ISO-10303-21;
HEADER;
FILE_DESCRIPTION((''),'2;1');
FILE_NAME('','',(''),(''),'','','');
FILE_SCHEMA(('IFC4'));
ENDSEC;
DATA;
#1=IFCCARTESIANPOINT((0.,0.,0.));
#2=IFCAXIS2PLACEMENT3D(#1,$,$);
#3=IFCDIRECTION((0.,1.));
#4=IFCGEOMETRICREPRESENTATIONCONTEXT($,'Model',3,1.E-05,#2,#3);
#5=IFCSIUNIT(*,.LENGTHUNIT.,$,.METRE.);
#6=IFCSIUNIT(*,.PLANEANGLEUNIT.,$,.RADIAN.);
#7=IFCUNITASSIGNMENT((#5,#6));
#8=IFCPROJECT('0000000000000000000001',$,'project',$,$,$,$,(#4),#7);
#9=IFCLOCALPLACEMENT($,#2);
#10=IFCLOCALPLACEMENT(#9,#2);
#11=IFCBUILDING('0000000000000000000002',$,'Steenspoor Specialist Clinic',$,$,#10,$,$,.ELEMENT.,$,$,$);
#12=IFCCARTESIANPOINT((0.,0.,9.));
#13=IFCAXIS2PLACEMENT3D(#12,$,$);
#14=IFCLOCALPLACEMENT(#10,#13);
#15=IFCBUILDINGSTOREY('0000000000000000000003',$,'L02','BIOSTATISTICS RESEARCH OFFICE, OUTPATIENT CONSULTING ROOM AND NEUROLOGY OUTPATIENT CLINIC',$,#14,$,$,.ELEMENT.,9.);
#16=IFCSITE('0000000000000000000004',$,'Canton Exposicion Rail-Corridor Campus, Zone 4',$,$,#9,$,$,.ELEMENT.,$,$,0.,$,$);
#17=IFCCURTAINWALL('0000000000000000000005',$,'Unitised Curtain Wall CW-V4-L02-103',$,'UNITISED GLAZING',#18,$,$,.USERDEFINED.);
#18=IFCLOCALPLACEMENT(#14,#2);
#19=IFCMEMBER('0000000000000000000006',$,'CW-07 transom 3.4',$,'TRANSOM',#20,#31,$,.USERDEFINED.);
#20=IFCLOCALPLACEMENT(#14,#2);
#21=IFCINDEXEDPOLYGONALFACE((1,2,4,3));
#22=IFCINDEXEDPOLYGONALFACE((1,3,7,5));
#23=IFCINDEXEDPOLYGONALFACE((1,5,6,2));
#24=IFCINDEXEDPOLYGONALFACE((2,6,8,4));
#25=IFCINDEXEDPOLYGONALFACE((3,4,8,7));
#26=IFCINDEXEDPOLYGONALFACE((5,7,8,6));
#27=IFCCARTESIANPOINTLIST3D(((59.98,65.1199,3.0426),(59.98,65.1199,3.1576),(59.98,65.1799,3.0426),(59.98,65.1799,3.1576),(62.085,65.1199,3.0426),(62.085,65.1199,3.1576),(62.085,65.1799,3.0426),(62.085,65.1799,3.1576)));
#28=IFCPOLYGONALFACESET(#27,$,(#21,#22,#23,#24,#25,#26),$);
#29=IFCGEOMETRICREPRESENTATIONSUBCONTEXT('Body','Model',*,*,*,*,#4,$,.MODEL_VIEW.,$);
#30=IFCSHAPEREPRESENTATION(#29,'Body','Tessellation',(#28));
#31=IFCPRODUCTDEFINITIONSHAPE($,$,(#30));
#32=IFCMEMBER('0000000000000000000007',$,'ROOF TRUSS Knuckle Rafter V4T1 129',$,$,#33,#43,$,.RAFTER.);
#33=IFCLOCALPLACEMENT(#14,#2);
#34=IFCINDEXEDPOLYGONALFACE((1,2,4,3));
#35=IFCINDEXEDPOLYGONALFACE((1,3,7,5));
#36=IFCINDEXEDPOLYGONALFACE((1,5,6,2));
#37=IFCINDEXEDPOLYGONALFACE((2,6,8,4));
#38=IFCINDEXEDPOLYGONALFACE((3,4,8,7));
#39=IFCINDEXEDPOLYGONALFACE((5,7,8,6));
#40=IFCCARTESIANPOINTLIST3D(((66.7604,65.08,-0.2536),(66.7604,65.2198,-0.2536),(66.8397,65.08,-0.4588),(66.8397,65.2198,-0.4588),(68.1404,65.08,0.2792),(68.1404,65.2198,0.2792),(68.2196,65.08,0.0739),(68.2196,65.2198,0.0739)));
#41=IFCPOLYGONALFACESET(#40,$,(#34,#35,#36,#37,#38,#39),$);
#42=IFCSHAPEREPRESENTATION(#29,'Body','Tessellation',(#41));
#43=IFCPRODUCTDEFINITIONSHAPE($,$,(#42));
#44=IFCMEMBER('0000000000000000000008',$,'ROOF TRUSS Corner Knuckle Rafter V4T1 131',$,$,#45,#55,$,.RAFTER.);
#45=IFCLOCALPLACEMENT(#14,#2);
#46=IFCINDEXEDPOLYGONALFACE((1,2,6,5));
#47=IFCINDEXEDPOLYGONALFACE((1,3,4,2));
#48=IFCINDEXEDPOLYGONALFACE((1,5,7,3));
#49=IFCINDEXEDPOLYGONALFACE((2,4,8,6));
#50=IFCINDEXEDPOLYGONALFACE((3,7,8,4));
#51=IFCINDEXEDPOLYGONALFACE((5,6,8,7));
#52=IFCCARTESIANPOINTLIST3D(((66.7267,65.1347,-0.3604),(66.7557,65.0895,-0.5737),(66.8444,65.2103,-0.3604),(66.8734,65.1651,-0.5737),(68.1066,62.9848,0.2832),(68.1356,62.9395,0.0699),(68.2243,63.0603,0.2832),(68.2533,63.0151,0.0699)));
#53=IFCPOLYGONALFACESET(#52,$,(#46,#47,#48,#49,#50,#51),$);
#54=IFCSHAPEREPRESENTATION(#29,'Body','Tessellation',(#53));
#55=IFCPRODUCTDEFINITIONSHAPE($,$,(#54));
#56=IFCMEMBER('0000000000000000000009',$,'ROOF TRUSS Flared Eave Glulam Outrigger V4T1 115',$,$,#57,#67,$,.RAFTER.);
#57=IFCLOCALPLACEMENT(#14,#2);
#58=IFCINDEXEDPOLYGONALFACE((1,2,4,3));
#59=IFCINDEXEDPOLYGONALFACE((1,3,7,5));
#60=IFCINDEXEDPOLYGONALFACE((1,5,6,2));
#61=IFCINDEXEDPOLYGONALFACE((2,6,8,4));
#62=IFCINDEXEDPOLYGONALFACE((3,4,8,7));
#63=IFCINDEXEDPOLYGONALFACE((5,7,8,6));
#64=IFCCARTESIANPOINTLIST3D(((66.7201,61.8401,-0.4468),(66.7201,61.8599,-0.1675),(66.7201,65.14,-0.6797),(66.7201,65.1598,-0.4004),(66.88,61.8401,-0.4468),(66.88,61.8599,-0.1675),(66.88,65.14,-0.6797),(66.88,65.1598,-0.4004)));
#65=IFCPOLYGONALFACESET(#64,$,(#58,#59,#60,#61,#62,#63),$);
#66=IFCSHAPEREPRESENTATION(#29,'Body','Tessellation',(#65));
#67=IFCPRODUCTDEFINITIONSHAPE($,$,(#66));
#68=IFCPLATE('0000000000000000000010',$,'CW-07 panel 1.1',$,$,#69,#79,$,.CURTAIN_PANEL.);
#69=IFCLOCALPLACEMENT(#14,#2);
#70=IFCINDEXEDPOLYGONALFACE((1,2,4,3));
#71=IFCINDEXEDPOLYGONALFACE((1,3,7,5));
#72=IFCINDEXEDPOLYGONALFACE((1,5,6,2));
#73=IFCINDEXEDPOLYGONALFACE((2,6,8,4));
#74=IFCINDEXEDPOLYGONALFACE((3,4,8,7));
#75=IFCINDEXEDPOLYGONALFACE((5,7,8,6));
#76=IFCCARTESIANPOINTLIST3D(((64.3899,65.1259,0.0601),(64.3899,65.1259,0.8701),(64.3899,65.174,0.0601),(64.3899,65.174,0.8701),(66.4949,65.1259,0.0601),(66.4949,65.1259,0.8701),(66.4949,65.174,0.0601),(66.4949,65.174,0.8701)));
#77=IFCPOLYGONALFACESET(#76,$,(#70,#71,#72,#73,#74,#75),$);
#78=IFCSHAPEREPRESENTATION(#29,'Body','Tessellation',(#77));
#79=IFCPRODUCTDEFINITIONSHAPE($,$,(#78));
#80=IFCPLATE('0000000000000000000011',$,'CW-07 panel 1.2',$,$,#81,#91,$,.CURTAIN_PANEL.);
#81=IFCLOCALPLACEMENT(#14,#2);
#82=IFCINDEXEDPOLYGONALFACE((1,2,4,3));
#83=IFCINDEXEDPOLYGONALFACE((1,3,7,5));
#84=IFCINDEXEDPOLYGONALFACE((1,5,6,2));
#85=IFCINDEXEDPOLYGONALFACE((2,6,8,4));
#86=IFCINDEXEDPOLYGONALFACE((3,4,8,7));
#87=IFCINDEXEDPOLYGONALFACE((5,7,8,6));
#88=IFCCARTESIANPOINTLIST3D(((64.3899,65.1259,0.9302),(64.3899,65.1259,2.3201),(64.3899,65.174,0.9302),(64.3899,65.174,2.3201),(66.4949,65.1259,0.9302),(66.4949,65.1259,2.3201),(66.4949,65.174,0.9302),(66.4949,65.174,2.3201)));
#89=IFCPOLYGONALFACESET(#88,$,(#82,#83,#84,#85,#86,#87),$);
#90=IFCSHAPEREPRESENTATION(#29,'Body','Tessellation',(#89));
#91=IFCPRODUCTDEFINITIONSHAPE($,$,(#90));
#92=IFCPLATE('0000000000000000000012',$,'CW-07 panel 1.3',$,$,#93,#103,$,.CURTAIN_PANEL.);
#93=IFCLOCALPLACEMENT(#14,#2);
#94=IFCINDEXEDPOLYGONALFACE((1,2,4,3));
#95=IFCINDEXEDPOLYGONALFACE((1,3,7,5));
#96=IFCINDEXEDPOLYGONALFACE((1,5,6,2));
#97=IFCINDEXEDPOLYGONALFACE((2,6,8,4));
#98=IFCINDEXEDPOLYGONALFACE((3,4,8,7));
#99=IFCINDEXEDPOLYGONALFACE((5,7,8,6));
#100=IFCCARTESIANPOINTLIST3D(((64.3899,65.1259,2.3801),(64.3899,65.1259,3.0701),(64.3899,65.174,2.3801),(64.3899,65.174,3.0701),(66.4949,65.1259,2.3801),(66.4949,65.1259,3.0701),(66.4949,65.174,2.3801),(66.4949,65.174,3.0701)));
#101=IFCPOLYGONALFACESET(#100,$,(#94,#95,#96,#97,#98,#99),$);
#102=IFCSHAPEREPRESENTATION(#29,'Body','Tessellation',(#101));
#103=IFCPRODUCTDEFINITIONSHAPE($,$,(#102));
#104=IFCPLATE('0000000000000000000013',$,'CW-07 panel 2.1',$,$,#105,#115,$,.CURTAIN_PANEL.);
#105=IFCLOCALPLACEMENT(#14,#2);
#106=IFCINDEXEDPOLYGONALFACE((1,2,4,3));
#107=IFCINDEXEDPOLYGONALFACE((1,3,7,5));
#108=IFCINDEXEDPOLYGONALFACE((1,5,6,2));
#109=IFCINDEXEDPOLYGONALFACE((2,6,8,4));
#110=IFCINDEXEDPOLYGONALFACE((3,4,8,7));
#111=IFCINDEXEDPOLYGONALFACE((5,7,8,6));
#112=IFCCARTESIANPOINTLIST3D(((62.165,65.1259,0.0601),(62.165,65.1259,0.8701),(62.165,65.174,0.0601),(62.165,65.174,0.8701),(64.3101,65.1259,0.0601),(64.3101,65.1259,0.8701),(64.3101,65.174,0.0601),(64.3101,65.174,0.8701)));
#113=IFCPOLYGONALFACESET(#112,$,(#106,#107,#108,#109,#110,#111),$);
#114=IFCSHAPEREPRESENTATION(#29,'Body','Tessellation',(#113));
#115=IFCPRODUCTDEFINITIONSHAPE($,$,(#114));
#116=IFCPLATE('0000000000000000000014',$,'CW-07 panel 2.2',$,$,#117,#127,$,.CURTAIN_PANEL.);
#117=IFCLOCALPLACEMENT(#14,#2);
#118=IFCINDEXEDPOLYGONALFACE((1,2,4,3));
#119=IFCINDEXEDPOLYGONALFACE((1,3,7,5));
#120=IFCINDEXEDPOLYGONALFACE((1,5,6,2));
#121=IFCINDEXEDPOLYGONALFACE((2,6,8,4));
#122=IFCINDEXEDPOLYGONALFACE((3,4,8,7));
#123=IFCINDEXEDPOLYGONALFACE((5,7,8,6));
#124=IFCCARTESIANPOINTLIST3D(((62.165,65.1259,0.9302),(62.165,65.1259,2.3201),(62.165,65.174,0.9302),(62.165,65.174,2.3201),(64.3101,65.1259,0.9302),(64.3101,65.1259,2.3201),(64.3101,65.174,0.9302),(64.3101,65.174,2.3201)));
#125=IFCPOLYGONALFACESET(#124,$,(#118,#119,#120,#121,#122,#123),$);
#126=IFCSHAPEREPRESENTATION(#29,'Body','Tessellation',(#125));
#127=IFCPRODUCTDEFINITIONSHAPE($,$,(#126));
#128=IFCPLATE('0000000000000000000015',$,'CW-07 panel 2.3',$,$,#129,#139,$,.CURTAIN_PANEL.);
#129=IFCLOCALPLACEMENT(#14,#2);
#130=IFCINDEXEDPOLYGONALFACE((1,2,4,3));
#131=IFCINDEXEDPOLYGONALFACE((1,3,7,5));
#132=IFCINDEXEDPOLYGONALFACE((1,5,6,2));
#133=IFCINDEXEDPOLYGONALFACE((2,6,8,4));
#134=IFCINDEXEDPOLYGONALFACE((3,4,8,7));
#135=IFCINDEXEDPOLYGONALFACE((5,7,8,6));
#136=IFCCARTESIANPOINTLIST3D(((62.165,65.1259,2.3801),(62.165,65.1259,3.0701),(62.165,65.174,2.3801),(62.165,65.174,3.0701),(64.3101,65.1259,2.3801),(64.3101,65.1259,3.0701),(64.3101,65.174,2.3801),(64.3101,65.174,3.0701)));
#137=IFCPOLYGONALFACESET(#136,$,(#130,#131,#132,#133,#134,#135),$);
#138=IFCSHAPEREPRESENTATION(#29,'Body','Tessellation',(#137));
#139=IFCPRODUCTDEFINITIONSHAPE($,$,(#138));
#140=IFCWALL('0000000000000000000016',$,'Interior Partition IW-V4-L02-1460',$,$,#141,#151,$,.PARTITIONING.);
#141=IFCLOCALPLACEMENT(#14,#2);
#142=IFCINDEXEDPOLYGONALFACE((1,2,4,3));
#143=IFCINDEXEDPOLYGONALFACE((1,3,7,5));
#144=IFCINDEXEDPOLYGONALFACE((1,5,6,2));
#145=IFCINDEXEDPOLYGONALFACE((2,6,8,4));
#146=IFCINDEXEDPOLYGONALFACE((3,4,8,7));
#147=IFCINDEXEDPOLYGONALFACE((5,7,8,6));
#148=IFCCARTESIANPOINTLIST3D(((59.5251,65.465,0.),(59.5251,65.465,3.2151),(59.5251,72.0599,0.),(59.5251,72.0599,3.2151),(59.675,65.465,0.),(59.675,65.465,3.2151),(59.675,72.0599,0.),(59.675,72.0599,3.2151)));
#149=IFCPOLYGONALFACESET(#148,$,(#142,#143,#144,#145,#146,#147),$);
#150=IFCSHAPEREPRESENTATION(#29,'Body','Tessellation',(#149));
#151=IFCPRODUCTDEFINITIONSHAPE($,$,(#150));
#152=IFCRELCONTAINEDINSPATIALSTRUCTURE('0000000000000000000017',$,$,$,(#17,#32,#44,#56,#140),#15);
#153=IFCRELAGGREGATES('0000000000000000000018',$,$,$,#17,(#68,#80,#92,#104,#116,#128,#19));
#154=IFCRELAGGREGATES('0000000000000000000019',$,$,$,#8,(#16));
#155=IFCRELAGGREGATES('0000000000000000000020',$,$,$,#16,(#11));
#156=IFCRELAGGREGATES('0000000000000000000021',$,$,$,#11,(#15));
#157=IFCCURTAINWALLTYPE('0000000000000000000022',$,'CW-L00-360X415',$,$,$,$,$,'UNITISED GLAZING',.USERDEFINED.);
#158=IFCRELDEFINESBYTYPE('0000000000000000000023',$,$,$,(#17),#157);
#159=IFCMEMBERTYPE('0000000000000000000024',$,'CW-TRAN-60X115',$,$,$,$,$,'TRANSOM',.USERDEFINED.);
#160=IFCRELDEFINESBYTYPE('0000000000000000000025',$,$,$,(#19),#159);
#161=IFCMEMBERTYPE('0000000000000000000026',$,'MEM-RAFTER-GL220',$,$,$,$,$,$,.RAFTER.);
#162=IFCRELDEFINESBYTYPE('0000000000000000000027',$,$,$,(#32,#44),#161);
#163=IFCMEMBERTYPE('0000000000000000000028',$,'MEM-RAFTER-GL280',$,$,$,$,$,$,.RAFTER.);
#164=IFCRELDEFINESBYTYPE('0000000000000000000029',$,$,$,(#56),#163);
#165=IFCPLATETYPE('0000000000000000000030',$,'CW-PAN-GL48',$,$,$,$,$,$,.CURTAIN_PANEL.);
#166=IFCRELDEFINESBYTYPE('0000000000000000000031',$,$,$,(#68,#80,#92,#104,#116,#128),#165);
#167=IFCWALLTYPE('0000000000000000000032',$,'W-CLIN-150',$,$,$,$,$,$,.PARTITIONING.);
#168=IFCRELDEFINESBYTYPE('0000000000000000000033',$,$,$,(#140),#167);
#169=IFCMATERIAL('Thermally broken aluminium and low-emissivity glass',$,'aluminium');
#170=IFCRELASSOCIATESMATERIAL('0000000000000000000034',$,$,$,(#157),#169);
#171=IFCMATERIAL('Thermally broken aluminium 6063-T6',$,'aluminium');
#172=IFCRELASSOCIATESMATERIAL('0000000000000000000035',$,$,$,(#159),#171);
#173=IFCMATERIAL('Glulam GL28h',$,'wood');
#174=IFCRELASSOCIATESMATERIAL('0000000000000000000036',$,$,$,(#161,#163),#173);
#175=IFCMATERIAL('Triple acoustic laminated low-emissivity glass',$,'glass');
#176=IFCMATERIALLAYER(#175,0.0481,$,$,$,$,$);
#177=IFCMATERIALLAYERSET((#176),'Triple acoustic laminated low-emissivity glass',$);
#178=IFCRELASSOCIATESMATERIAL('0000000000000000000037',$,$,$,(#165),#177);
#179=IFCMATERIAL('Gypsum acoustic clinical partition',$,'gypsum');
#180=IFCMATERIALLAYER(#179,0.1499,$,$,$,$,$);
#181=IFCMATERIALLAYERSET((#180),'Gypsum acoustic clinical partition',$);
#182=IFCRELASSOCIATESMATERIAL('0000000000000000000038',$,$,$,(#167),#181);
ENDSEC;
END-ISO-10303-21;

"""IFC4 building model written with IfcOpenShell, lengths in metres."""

from ifc_helpers import new_model, si_unit, direction, frame, frame_2d, origin, origin_2d, place, context, subcontext, project, spatial, rectangle, extrude, material, layer, layer_set, material_profile, profile_set, type_object, element, aggregate, save


model = new_model("IFC4")

# Units and contexts
model_context = context("Model", 3, precision=1e-05, world=origin(), true_north=direction((0.0, 1.0)))
body_context = subcontext(model_context, "Body", "Model", "MODEL_VIEW")
ifc_project = project(units=[si_unit("LENGTHUNIT", "METRE"), si_unit("PLANEANGLEUNIT", "RADIAN")], contexts=[model_context])

# Site, building, storey
site_placement = place(None, origin())
site = spatial("IfcSite", under=ifc_project, at=site_placement, Name="Canton Exposicion Rail-Corridor Campus, Zone 4", CompositionType="ELEMENT", RefElevation=0.0)
building_placement = place(site_placement, origin())
building = spatial("IfcBuilding", under=site, at=building_placement, Name="Steenspoor Specialist Clinic", CompositionType="ELEMENT")
storey_placement = place(building_placement, frame((0.0, 0.0, 9.0)))
storey = spatial("IfcBuildingStorey", under=building, at=storey_placement, Name="L02", Description="BIOSTATISTICS RESEARCH OFFICE, OUTPATIENT CONSULTING ROOM AND NEUROLOGY OUTPATIENT CLINIC", CompositionType="ELEMENT", Elevation=9.0)

# Curtain wall, member
ifc_material_1 = material(Name="Thermally broken aluminium and low-emissivity glass", Category="aluminium")
curtain_wall_type = type_object("IfcCurtainWallType", Name="CW-L00-360X415", ElementType="UNITISED GLAZING", PredefinedType="USERDEFINED", material=ifc_material_1)
curtain_wall_placement = place(storey_placement, origin())
curtain_wall = element("IfcCurtainWall", 1, at=curtain_wall_placement, inside=storey, type_object=curtain_wall_type, Name="Unitised Curtain Wall CW-V4-L02-103", ObjectType="UNITISED GLAZING", PredefinedType="USERDEFINED")
ifc_material_2 = material(Name="Thermally broken aluminium 6063-T6", Category="aluminium")
ifc_material_profile_1 = material_profile(ifc_material_2, rectangle(XDim=0.0601, YDim=0.115, at=origin_2d()), Name="CWT-60X115")
ifc_profile_set_1 = profile_set([ifc_material_profile_1], Name="Thermally broken aluminium 6063-T6")
member_type_1 = type_object("IfcMemberType", Name="CW-TRAN-60X115", ElementType="TRANSOM", PredefinedType="USERDEFINED", material=ifc_profile_set_1)
member_1_placement = place(storey_placement, frame((62.085, 65.1499, 3.1001), z_axis=(-1.0, 0.0, 0.0), x_axis=(0.0, -1.0, 0.0)))
member_1 = element("IfcMember", 2, at=member_1_placement, type_object=member_type_1, Name="CW-07 transom 3.4", ObjectType="TRANSOM", PredefinedType="USERDEFINED", context=body_context, shape_type="SweptSolid", body=[
    extrude(rectangle(XDim=0.0601, YDim=0.115, at=origin_2d()), origin(), (0.0, 0.0, 1.0), 2.105),
])

# Members
ifc_material_3 = material(Name="Glulam GL28h", Category="wood")
ifc_material_profile_2 = material_profile(ifc_material_3, rectangle(XDim=0.1399, YDim=0.22, at=origin_2d()), Name="GL28H-140X220")
ifc_profile_set_2 = profile_set([ifc_material_profile_2], Name="Glulam GL28h")
member_type_2 = type_object("IfcMemberType", Name="MEM-RAFTER-GL220", PredefinedType="RAFTER", material=ifc_profile_set_2)
member_2_placement = place(storey_placement, frame((66.8, 65.1499, -0.3562), z_axis=(0.932894, 0.0, 0.360151), x_axis=(0.0, 1.0, 0.0)))
element("IfcMember", 3, at=member_2_placement, inside=storey, type_object=member_type_2, Name="ROOF TRUSS Knuckle Rafter V4T1 129", PredefinedType="RAFTER", context=body_context, shape_type="SweptSolid", body=[
    extrude(rectangle(XDim=0.1399, YDim=0.22, at=origin_2d()), origin(), (0.0, 0.0, 1.0), 1.4792),
])
member_3_placement = place(storey_placement, frame((66.8, 65.1499, -0.467), z_axis=(0.523784, -0.816073, 0.244284), x_axis=(0.841569, 0.540149, 0.0)))
element("IfcMember", 4, at=member_3_placement, inside=storey, type_object=member_type_2, Name="ROOF TRUSS Corner Knuckle Rafter V4T1 131", PredefinedType="RAFTER", context=body_context, shape_type="SweptSolid", body=[
    extrude(rectangle(XDim=0.1399, YDim=0.22, at=origin_2d()), origin(), (0.0, 0.0, 1.0), 2.6345),
])
ifc_material_profile_3 = material_profile(ifc_material_3, rectangle(XDim=0.1599, YDim=0.28, at=origin_2d()), Name="GL28H-160X280")
ifc_profile_set_3 = profile_set([ifc_material_profile_3], Name="Glulam GL28h")
member_type_3 = type_object("IfcMemberType", Name="MEM-RAFTER-GL280", PredefinedType="RAFTER", material=ifc_profile_set_3)
member_4_placement = place(storey_placement, frame((66.8, 65.1499, -0.54), z_axis=(0.0, -0.997518, 0.070408), x_axis=(1.0, 0.0, 0.0)))
element("IfcMember", 5, at=member_4_placement, inside=storey, type_object=member_type_3, Name="ROOF TRUSS Flared Eave Glulam Outrigger V4T1 115", PredefinedType="RAFTER", context=body_context, shape_type="SweptSolid", body=[
    extrude(rectangle(XDim=0.1599, YDim=0.28, at=origin_2d()), origin(), (0.0, 0.0, 1.0), 3.3081),
])

# Plates
ifc_material_4 = material(Name="Triple acoustic laminated low-emissivity glass", Category="glass")
ifc_layer_1 = layer(ifc_material_4, 0.0481)
ifc_layer_set_1 = layer_set([ifc_layer_1], Name="Triple acoustic laminated low-emissivity glass")
plate_type = type_object("IfcPlateType", Name="CW-PAN-GL48", PredefinedType="CURTAIN_PANEL", material=ifc_layer_set_1)
plate_1_placement = place(storey_placement, frame((65.4424, 65.1499, 0.0601), z_axis=(0.0, 0.0, 1.0), x_axis=(-1.0, 0.0, 0.0)))
plate_1 = element("IfcPlate", 6, at=plate_1_placement, type_object=plate_type, Name="CW-07 panel 1.1", PredefinedType="CURTAIN_PANEL", context=body_context, shape_type="SweptSolid", body=[
    extrude(rectangle(XDim=2.105, YDim=0.0481, at=origin_2d()), origin(), (0.0, 0.0, 1.0), 0.8101),
])
plate_2_placement = place(storey_placement, frame((65.4424, 65.1499, 0.9302), z_axis=(0.0, 0.0, 1.0), x_axis=(-1.0, 0.0, 0.0)))
plate_2 = element("IfcPlate", 7, at=plate_2_placement, type_object=plate_type, Name="CW-07 panel 1.2", PredefinedType="CURTAIN_PANEL", context=body_context, shape_type="SweptSolid", body=[
    extrude(rectangle(XDim=2.105, YDim=0.0481, at=origin_2d()), origin(), (0.0, 0.0, 1.0), 1.3899),
])
plate_3_placement = place(storey_placement, frame((65.4424, 65.1499, 2.3801), z_axis=(0.0, 0.0, 1.0), x_axis=(-1.0, 0.0, 0.0)))
plate_3 = element("IfcPlate", 8, at=plate_3_placement, type_object=plate_type, Name="CW-07 panel 1.3", PredefinedType="CURTAIN_PANEL", context=body_context, shape_type="SweptSolid", body=[
    extrude(rectangle(XDim=2.105, YDim=0.0481, at=origin_2d()), origin(), (0.0, 0.0, 1.0), 0.6899),
])
plate_4_placement = place(storey_placement, frame((63.2375, 65.1499, 0.0601), z_axis=(0.0, 0.0, 1.0), x_axis=(-1.0, 0.0, 0.0)))
plate_4 = element("IfcPlate", 9, at=plate_4_placement, type_object=plate_type, Name="CW-07 panel 2.1", PredefinedType="CURTAIN_PANEL", context=body_context, shape_type="SweptSolid", body=[
    extrude(rectangle(XDim=2.145, YDim=0.0481, at=origin_2d()), origin(), (0.0, 0.0, 1.0), 0.8101),
])
plate_5_placement = place(storey_placement, frame((63.2375, 65.1499, 0.9302), z_axis=(0.0, 0.0, 1.0), x_axis=(-1.0, 0.0, 0.0)))
plate_5 = element("IfcPlate", 10, at=plate_5_placement, type_object=plate_type, Name="CW-07 panel 2.2", PredefinedType="CURTAIN_PANEL", context=body_context, shape_type="SweptSolid", body=[
    extrude(rectangle(XDim=2.145, YDim=0.0481, at=origin_2d()), origin(), (0.0, 0.0, 1.0), 1.3899),
])
plate_6_placement = place(storey_placement, frame((63.2375, 65.1499, 2.3801), z_axis=(0.0, 0.0, 1.0), x_axis=(-1.0, 0.0, 0.0)))
plate_6 = element("IfcPlate", 11, at=plate_6_placement, type_object=plate_type, Name="CW-07 panel 2.3", PredefinedType="CURTAIN_PANEL", context=body_context, shape_type="SweptSolid", body=[
    extrude(rectangle(XDim=2.145, YDim=0.0481, at=origin_2d()), origin(), (0.0, 0.0, 1.0), 0.6899),
])
aggregate(curtain_wall, [plate_1, plate_2, plate_3, plate_4, plate_5, plate_6, member_1])

# Wall
ifc_material_5 = material(Name="Gypsum acoustic clinical partition", Category="gypsum")
ifc_layer_2 = layer(ifc_material_5, 0.1499)
ifc_layer_set_2 = layer_set([ifc_layer_2], Name="Gypsum acoustic clinical partition")
wall_type = type_object("IfcWallType", Name="W-CLIN-150", PredefinedType="PARTITIONING", material=ifc_layer_set_2)
wall_placement = place(storey_placement, frame((59.6001, 65.4651, 0.0), z_axis=(0.0, 0.0, 1.0), x_axis=(0.0, 1.0, 0.0)))
element("IfcWall", 12, at=wall_placement, inside=storey, type_object=wall_type, Name="Interior Partition IW-V4-L02-1460", PredefinedType="PARTITIONING", context=body_context, shape_type="SweptSolid", body=[
    extrude(rectangle(XDim=6.595, YDim=0.1499, at=frame_2d((3.2974, 0.0))), origin(), (0.0, 0.0, 1.0), 3.2151),
])

save(model, "model.ifc")
